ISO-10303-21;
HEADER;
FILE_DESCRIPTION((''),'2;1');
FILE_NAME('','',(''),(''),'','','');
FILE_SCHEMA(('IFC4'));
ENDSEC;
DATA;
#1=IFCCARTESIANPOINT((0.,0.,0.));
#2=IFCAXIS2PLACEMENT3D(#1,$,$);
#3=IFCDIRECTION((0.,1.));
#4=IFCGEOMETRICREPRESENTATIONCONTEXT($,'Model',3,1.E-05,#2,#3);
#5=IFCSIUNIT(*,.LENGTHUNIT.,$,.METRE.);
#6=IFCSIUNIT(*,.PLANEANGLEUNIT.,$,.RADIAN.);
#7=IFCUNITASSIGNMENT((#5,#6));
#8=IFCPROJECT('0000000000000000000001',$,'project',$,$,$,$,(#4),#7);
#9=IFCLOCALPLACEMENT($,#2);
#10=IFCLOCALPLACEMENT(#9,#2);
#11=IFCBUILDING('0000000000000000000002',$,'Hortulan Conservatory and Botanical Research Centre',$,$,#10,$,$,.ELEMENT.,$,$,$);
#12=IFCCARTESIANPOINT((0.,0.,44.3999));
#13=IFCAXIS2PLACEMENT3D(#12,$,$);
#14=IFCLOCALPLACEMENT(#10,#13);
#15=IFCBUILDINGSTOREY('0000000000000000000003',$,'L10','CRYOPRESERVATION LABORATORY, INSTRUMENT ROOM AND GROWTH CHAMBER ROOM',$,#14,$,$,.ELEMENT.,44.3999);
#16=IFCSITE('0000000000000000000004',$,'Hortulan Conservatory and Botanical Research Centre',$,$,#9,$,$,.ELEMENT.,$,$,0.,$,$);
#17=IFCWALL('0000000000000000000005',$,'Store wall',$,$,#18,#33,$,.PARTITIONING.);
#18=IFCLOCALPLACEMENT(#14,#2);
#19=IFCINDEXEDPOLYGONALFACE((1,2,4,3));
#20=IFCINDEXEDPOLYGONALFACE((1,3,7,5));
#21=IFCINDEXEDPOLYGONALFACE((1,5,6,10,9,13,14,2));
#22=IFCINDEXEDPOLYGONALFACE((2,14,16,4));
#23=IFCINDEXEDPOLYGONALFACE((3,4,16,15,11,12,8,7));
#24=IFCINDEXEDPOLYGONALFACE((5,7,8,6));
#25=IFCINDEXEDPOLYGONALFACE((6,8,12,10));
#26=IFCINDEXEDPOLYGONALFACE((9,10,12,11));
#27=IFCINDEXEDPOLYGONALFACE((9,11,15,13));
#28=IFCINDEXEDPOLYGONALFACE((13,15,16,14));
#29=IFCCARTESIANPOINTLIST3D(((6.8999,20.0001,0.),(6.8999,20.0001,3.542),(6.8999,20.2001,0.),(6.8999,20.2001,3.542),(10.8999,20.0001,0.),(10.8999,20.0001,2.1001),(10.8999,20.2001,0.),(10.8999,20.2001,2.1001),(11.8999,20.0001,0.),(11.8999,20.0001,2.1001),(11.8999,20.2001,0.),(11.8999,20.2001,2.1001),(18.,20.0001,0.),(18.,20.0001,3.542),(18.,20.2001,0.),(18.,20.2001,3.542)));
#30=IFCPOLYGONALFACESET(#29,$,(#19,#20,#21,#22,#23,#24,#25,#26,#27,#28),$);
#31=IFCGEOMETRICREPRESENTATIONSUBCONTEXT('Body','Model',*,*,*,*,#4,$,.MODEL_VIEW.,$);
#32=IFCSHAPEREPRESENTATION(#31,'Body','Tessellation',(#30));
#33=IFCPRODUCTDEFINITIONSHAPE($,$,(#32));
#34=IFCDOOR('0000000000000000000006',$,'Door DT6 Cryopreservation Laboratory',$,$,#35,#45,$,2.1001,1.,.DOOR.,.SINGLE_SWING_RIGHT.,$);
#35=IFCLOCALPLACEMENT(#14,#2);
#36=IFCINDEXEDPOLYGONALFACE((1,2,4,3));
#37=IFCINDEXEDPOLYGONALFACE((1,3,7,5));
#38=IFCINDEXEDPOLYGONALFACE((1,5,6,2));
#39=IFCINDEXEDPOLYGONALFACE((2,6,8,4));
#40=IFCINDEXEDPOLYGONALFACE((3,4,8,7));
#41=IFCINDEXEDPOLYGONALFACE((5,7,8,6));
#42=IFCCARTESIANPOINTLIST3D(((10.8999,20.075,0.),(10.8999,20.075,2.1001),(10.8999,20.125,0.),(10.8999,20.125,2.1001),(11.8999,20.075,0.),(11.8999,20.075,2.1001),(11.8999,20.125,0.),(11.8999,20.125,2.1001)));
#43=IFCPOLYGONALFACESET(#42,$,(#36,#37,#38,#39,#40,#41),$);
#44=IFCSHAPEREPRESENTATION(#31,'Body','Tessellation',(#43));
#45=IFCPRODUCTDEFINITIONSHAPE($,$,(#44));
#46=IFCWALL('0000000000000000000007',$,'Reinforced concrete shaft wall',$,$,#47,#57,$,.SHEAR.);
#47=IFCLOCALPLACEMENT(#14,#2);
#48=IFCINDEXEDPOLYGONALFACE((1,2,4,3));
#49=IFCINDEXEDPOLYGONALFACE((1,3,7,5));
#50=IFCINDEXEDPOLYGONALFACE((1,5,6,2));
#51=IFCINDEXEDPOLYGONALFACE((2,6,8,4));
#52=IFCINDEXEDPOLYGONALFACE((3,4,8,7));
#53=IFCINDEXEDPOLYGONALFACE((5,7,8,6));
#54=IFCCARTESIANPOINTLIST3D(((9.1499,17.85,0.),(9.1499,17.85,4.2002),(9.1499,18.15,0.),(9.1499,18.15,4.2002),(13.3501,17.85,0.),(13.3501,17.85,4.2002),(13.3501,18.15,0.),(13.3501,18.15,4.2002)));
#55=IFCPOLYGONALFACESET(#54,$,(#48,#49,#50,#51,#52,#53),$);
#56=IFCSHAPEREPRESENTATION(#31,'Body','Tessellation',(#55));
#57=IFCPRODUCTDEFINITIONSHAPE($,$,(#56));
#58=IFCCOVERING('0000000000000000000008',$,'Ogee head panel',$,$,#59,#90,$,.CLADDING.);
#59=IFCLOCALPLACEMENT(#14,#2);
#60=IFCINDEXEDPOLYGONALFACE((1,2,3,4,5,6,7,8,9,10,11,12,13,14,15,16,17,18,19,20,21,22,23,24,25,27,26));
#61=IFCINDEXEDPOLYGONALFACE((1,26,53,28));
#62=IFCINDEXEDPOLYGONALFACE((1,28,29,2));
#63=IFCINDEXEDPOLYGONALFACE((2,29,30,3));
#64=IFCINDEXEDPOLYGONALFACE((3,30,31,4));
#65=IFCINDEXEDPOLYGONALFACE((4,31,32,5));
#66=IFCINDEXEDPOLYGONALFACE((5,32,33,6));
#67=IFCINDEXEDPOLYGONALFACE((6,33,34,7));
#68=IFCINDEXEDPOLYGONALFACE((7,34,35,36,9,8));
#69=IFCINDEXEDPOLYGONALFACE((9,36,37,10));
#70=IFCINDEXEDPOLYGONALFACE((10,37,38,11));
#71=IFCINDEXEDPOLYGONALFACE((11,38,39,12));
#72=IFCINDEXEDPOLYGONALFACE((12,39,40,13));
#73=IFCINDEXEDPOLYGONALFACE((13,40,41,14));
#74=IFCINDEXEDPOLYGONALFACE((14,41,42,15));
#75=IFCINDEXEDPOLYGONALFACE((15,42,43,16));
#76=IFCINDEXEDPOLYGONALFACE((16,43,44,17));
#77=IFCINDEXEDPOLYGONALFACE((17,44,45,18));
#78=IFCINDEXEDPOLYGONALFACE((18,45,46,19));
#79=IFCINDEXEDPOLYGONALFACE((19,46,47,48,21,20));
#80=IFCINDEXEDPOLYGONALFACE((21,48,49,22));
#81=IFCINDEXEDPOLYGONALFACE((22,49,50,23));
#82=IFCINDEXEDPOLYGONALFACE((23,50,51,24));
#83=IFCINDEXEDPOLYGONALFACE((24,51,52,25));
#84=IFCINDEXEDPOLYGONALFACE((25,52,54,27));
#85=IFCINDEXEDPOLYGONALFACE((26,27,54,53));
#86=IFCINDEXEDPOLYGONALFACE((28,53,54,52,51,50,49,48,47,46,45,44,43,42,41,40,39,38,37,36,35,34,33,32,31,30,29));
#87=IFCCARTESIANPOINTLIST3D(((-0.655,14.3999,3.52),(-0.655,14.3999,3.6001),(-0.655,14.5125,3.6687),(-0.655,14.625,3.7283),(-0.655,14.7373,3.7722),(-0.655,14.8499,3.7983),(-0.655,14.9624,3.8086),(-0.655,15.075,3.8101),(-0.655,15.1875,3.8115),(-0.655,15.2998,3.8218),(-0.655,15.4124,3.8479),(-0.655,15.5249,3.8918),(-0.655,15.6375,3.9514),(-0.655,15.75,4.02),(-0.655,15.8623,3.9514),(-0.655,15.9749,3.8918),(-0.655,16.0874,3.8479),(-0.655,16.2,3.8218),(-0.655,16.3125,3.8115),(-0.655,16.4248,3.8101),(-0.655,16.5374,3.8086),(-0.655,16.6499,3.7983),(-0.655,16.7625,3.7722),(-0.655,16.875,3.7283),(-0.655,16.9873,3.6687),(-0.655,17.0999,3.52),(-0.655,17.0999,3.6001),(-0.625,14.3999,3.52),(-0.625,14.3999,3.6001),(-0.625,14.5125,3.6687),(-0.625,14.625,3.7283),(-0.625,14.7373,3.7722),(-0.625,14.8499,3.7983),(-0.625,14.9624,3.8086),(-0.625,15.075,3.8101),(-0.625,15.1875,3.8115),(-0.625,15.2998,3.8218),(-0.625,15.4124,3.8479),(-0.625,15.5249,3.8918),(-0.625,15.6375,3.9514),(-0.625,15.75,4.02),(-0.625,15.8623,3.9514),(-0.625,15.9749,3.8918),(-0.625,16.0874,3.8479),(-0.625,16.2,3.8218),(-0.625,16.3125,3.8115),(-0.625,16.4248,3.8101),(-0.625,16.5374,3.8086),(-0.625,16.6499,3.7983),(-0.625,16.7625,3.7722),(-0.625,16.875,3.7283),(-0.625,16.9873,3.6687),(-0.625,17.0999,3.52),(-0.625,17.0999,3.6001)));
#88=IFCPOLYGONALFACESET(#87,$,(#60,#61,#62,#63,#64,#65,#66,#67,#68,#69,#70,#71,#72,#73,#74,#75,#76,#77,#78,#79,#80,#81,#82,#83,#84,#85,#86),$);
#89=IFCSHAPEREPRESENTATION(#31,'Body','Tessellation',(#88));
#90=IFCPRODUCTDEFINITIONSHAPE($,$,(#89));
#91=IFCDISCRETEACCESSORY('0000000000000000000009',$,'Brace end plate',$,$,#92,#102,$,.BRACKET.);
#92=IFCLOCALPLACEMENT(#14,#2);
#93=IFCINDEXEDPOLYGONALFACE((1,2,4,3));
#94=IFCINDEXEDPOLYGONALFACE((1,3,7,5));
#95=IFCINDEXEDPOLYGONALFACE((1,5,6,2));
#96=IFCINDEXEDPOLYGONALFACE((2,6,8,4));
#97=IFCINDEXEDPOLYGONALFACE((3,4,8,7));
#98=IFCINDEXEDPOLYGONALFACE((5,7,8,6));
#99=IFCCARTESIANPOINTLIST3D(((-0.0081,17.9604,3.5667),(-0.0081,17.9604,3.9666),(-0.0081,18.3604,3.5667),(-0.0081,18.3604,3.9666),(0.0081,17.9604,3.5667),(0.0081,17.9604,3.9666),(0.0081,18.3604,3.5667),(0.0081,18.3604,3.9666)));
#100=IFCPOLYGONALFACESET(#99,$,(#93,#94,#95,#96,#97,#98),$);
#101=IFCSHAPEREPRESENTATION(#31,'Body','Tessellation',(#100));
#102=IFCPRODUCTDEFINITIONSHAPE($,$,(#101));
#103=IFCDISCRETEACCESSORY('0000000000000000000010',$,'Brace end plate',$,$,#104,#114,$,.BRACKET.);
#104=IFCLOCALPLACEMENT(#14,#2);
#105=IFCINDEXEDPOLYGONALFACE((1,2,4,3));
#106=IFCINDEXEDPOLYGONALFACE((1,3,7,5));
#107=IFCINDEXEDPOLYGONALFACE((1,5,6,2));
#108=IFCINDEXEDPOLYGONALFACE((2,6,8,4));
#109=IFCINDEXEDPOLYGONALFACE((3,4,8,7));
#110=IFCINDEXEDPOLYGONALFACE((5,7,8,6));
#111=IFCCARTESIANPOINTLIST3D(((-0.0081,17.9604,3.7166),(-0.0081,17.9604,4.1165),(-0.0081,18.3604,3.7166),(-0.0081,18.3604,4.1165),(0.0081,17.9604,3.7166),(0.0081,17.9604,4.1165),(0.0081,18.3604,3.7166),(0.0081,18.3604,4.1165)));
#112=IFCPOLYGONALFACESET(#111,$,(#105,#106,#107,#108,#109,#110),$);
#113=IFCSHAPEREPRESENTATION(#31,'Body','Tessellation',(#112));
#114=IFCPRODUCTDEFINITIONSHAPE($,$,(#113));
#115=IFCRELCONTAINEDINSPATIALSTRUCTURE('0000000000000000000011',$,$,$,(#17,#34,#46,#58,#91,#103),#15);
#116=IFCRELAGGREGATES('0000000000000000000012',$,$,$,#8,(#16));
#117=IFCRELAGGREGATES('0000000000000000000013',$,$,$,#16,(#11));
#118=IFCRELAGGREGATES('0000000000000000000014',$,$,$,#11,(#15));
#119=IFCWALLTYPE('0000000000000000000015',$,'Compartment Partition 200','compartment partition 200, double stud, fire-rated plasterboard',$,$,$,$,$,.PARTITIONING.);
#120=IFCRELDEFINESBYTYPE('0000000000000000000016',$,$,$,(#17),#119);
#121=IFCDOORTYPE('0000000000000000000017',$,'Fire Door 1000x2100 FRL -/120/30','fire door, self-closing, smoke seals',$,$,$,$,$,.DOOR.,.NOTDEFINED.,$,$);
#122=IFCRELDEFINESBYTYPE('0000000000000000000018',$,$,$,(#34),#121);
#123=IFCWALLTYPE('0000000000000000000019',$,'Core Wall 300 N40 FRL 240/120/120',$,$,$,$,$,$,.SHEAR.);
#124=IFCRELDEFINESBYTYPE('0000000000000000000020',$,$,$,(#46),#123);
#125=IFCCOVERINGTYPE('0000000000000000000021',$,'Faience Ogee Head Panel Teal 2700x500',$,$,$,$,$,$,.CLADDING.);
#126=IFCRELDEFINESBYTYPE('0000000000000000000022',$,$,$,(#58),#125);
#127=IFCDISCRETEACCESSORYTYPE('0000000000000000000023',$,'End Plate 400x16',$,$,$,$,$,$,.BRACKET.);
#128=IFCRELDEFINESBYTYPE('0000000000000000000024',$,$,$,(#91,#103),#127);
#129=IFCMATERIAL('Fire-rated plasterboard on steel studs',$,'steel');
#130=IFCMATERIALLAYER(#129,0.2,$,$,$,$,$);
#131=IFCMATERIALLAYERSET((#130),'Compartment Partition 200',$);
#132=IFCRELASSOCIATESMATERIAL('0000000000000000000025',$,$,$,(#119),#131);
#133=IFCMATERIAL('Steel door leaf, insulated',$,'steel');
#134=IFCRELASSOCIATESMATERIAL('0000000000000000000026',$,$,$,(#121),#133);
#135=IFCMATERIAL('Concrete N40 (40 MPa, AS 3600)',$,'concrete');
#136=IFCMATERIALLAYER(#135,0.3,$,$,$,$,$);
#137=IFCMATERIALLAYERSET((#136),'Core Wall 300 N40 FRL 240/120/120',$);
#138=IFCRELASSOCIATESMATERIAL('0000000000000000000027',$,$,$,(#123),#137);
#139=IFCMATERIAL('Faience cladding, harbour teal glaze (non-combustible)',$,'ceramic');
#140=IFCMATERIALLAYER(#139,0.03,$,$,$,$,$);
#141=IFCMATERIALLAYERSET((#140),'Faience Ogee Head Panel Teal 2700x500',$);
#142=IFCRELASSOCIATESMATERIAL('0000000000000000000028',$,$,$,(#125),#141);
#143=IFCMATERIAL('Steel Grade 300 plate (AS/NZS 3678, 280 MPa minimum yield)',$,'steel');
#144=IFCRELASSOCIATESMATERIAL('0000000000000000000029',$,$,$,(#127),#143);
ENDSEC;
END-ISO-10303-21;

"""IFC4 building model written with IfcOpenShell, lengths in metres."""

from ifc_helpers import new_model, si_unit, direction, frame, frame_2d, origin, origin_2d, place, context, subcontext, project, spatial, polyline, rectangle, outline, extrude, material, layer, layer_set, type_object, element, fill, save


model = new_model("IFC4")

# Units and contexts
model_context = context("Model", 3, precision=1e-05, world=origin(), true_north=direction((0.0, 1.0)))
body_context = subcontext(model_context, "Body", "Model", "MODEL_VIEW")
ifc_project = project(units=[si_unit("LENGTHUNIT", "METRE"), si_unit("PLANEANGLEUNIT", "RADIAN")], contexts=[model_context])

# Site, building, storey
site_placement = place(None, origin())
site = spatial("IfcSite", under=ifc_project, at=site_placement, Name="Hortulan Conservatory and Botanical Research Centre", CompositionType="ELEMENT", RefElevation=0.0)
building_placement = place(site_placement, origin())
building = spatial("IfcBuilding", under=site, at=building_placement, Name="Hortulan Conservatory and Botanical Research Centre", CompositionType="ELEMENT")
storey_placement = place(building_placement, frame((0.0, 0.0, 44.3999)))
storey = spatial("IfcBuildingStorey", under=building, at=storey_placement, Name="L10", Description="CRYOPRESERVATION LABORATORY, INSTRUMENT ROOM AND GROWTH CHAMBER ROOM", CompositionType="ELEMENT", Elevation=44.3999)

# Shared definitions
ifc_material_1 = material(Name="Fire-rated plasterboard on steel studs", Category="steel")
ifc_layer_1 = layer(ifc_material_1, 0.2)
ifc_layer_set_1 = layer_set([ifc_layer_1], Name="Compartment Partition 200")
wall_type_1 = type_object("IfcWallType", Name="Compartment Partition 200", Description="compartment partition 200, double stud, fire-rated plasterboard", PredefinedType="PARTITIONING", material=ifc_layer_set_1)

# Wall, opening, door
wall_1_placement = place(storey_placement, frame((6.8999, 20.1001, 0.0), z_axis=(0.0, 0.0, 1.0), x_axis=(1.0, 0.0, 0.0)))
wall_1 = element("IfcWall", 1, at=wall_1_placement, inside=storey, type_object=wall_type_1, Name="Store wall", PredefinedType="PARTITIONING", context=body_context, shape_type="SweptSolid", body=[
    extrude(rectangle(XDim=11.1001, YDim=0.2, at=frame_2d((5.55, 0.0))), origin(), (0.0, 0.0, 1.0), 3.542),
])
opening_placement = place(wall_1_placement, frame((4.0, 0.0, 0.0)))
opening = element("IfcOpeningElement", 2, at=opening_placement, cuts=wall_1, PredefinedType="OPENING", context=body_context, shape_type="SweptSolid", body=[
    extrude(rectangle(XDim=1.0, YDim=2.1001, at=frame_2d((0.5, 1.05))), frame((0.0, 0.1099, 0.0), z_axis=(0.0, -1.0, 0.0), x_axis=(1.0, 0.0, 0.0)), (0.0, 0.0, 1.0), 0.22),
])
ifc_material_2 = material(Name="Steel door leaf, insulated", Category="steel")
door_type = type_object("IfcDoorType", Name="Fire Door 1000x2100 FRL -/120/30", Description="fire door, self-closing, smoke seals", OperationType="NOTDEFINED", PredefinedType="DOOR", material=ifc_material_2)
door_placement = place(opening_placement, origin())
door = element("IfcDoor", 3, at=door_placement, inside=storey, type_object=door_type, Name="Door DT6 Cryopreservation Laboratory", OperationType="SINGLE_SWING_RIGHT", OverallHeight=2.1001, OverallWidth=1.0, PredefinedType="DOOR", context=body_context, shape_type="SweptSolid", body=[
    extrude(rectangle(XDim=1.0, YDim=2.1001, at=frame_2d((0.5, 1.05))), frame((0.0, 0.0249, 0.0), z_axis=(0.0, -1.0, 0.0), x_axis=(1.0, 0.0, 0.0)), (0.0, 0.0, 1.0), 0.05),
])
fill(opening, door)

# Wall
ifc_material_3 = material(Name="Concrete N40 (40 MPa, AS 3600)", Category="concrete")
ifc_layer_2 = layer(ifc_material_3, 0.3)
ifc_layer_set_2 = layer_set([ifc_layer_2], Name="Core Wall 300 N40 FRL 240/120/120")
wall_type_2 = type_object("IfcWallType", Name="Core Wall 300 N40 FRL 240/120/120", PredefinedType="SHEAR", material=ifc_layer_set_2)
wall_2_placement = place(storey_placement, frame((9.1499, 18.0, 0.0), z_axis=(0.0, 0.0, 1.0), x_axis=(1.0, 0.0, 0.0)))
element("IfcWall", 4, at=wall_2_placement, inside=storey, type_object=wall_type_2, Name="Reinforced concrete shaft wall", PredefinedType="SHEAR", context=body_context, shape_type="SweptSolid", body=[
    extrude(rectangle(XDim=4.2002, YDim=0.3, at=frame_2d((2.1001, 0.0))), origin(), (0.0, 0.0, 1.0), 4.2002),
])

# Covering
ifc_material_4 = material(Name="Faience cladding, harbour teal glaze (non-combustible)", Category="ceramic")
ifc_layer_3 = layer(ifc_material_4, 0.03)
ifc_layer_set_3 = layer_set([ifc_layer_3], Name="Faience Ogee Head Panel Teal 2700x500")
covering_type = type_object("IfcCoveringType", Name="Faience Ogee Head Panel Teal 2700x500", PredefinedType="CLADDING", material=ifc_layer_set_3)
covering_placement = place(storey_placement, frame((-0.6399, 14.3999, 3.52), z_axis=(0.0, 0.0, 1.0), x_axis=(0.0, 1.0, 0.0)))
element("IfcCovering", 5, at=covering_placement, inside=storey, type_object=covering_type, Name="Ogee head panel", PredefinedType="CLADDING", context=body_context, shape_type="SweptSolid", body=[
    extrude(outline(polyline([(0.0, 0.0), (2.7, 0.0), (2.7, 0.0801), (2.5874, 0.1487), (2.4751, 0.2083), (2.3625, 0.2522), (2.25, 0.2783), (2.1375, 0.2886), (2.0249, 0.29), (1.9126, 0.2915), (1.8, 0.3018), (1.6875, 0.3279), (1.575, 0.3718), (1.4624, 0.4314), (1.3501, 0.5), (1.2375, 0.4314), (1.125, 0.3718), (1.0125, 0.3279), (0.8999, 0.3018), (0.7876, 0.2915), (0.675, 0.29), (0.5625, 0.2886), (0.45, 0.2783), (0.3374, 0.2522), (0.2251, 0.2083), (0.1125, 0.1487), (0.0, 0.0801), (0.0, 0.0)])), frame((0.0, 0.0151, 0.0), z_axis=(0.0, -1.0, 0.0), x_axis=(1.0, 0.0, 0.0)), (0.0, 0.0, 1.0), 0.03),
])

# Discrete accessories
ifc_material_5 = material(Name="Steel Grade 300 plate (AS/NZS 3678, 280 MPa minimum yield)", Category="steel")
discrete_accessory_type = type_object("IfcDiscreteAccessoryType", Name="End Plate 400x16", PredefinedType="BRACKET", material=ifc_material_5)
for number, where, z_axis, x_axis, name in (
    (6, (0.0, 18.1604, 3.5667), (0.0, 0.0, 1.0), (0.0, -1.0, 0.0), "Brace end plate"),
    (7, (0.0, 18.1604, 3.7166), (0.0, 0.0, 1.0), (0.0, -1.0, 0.0), "Brace end plate"),
):
    element("IfcDiscreteAccessory", number, at=place(storey_placement, frame(where, z_axis=z_axis, x_axis=x_axis)), inside=storey, type_object=discrete_accessory_type, Name=name, PredefinedType="BRACKET", context=body_context, shape_type="SweptSolid", body=[
        extrude(rectangle(XDim=0.3999, YDim=0.0161, at=origin_2d()), origin(), (0.0, 0.0, 1.0), 0.3999),
    ])

save(model, "model.ifc")
